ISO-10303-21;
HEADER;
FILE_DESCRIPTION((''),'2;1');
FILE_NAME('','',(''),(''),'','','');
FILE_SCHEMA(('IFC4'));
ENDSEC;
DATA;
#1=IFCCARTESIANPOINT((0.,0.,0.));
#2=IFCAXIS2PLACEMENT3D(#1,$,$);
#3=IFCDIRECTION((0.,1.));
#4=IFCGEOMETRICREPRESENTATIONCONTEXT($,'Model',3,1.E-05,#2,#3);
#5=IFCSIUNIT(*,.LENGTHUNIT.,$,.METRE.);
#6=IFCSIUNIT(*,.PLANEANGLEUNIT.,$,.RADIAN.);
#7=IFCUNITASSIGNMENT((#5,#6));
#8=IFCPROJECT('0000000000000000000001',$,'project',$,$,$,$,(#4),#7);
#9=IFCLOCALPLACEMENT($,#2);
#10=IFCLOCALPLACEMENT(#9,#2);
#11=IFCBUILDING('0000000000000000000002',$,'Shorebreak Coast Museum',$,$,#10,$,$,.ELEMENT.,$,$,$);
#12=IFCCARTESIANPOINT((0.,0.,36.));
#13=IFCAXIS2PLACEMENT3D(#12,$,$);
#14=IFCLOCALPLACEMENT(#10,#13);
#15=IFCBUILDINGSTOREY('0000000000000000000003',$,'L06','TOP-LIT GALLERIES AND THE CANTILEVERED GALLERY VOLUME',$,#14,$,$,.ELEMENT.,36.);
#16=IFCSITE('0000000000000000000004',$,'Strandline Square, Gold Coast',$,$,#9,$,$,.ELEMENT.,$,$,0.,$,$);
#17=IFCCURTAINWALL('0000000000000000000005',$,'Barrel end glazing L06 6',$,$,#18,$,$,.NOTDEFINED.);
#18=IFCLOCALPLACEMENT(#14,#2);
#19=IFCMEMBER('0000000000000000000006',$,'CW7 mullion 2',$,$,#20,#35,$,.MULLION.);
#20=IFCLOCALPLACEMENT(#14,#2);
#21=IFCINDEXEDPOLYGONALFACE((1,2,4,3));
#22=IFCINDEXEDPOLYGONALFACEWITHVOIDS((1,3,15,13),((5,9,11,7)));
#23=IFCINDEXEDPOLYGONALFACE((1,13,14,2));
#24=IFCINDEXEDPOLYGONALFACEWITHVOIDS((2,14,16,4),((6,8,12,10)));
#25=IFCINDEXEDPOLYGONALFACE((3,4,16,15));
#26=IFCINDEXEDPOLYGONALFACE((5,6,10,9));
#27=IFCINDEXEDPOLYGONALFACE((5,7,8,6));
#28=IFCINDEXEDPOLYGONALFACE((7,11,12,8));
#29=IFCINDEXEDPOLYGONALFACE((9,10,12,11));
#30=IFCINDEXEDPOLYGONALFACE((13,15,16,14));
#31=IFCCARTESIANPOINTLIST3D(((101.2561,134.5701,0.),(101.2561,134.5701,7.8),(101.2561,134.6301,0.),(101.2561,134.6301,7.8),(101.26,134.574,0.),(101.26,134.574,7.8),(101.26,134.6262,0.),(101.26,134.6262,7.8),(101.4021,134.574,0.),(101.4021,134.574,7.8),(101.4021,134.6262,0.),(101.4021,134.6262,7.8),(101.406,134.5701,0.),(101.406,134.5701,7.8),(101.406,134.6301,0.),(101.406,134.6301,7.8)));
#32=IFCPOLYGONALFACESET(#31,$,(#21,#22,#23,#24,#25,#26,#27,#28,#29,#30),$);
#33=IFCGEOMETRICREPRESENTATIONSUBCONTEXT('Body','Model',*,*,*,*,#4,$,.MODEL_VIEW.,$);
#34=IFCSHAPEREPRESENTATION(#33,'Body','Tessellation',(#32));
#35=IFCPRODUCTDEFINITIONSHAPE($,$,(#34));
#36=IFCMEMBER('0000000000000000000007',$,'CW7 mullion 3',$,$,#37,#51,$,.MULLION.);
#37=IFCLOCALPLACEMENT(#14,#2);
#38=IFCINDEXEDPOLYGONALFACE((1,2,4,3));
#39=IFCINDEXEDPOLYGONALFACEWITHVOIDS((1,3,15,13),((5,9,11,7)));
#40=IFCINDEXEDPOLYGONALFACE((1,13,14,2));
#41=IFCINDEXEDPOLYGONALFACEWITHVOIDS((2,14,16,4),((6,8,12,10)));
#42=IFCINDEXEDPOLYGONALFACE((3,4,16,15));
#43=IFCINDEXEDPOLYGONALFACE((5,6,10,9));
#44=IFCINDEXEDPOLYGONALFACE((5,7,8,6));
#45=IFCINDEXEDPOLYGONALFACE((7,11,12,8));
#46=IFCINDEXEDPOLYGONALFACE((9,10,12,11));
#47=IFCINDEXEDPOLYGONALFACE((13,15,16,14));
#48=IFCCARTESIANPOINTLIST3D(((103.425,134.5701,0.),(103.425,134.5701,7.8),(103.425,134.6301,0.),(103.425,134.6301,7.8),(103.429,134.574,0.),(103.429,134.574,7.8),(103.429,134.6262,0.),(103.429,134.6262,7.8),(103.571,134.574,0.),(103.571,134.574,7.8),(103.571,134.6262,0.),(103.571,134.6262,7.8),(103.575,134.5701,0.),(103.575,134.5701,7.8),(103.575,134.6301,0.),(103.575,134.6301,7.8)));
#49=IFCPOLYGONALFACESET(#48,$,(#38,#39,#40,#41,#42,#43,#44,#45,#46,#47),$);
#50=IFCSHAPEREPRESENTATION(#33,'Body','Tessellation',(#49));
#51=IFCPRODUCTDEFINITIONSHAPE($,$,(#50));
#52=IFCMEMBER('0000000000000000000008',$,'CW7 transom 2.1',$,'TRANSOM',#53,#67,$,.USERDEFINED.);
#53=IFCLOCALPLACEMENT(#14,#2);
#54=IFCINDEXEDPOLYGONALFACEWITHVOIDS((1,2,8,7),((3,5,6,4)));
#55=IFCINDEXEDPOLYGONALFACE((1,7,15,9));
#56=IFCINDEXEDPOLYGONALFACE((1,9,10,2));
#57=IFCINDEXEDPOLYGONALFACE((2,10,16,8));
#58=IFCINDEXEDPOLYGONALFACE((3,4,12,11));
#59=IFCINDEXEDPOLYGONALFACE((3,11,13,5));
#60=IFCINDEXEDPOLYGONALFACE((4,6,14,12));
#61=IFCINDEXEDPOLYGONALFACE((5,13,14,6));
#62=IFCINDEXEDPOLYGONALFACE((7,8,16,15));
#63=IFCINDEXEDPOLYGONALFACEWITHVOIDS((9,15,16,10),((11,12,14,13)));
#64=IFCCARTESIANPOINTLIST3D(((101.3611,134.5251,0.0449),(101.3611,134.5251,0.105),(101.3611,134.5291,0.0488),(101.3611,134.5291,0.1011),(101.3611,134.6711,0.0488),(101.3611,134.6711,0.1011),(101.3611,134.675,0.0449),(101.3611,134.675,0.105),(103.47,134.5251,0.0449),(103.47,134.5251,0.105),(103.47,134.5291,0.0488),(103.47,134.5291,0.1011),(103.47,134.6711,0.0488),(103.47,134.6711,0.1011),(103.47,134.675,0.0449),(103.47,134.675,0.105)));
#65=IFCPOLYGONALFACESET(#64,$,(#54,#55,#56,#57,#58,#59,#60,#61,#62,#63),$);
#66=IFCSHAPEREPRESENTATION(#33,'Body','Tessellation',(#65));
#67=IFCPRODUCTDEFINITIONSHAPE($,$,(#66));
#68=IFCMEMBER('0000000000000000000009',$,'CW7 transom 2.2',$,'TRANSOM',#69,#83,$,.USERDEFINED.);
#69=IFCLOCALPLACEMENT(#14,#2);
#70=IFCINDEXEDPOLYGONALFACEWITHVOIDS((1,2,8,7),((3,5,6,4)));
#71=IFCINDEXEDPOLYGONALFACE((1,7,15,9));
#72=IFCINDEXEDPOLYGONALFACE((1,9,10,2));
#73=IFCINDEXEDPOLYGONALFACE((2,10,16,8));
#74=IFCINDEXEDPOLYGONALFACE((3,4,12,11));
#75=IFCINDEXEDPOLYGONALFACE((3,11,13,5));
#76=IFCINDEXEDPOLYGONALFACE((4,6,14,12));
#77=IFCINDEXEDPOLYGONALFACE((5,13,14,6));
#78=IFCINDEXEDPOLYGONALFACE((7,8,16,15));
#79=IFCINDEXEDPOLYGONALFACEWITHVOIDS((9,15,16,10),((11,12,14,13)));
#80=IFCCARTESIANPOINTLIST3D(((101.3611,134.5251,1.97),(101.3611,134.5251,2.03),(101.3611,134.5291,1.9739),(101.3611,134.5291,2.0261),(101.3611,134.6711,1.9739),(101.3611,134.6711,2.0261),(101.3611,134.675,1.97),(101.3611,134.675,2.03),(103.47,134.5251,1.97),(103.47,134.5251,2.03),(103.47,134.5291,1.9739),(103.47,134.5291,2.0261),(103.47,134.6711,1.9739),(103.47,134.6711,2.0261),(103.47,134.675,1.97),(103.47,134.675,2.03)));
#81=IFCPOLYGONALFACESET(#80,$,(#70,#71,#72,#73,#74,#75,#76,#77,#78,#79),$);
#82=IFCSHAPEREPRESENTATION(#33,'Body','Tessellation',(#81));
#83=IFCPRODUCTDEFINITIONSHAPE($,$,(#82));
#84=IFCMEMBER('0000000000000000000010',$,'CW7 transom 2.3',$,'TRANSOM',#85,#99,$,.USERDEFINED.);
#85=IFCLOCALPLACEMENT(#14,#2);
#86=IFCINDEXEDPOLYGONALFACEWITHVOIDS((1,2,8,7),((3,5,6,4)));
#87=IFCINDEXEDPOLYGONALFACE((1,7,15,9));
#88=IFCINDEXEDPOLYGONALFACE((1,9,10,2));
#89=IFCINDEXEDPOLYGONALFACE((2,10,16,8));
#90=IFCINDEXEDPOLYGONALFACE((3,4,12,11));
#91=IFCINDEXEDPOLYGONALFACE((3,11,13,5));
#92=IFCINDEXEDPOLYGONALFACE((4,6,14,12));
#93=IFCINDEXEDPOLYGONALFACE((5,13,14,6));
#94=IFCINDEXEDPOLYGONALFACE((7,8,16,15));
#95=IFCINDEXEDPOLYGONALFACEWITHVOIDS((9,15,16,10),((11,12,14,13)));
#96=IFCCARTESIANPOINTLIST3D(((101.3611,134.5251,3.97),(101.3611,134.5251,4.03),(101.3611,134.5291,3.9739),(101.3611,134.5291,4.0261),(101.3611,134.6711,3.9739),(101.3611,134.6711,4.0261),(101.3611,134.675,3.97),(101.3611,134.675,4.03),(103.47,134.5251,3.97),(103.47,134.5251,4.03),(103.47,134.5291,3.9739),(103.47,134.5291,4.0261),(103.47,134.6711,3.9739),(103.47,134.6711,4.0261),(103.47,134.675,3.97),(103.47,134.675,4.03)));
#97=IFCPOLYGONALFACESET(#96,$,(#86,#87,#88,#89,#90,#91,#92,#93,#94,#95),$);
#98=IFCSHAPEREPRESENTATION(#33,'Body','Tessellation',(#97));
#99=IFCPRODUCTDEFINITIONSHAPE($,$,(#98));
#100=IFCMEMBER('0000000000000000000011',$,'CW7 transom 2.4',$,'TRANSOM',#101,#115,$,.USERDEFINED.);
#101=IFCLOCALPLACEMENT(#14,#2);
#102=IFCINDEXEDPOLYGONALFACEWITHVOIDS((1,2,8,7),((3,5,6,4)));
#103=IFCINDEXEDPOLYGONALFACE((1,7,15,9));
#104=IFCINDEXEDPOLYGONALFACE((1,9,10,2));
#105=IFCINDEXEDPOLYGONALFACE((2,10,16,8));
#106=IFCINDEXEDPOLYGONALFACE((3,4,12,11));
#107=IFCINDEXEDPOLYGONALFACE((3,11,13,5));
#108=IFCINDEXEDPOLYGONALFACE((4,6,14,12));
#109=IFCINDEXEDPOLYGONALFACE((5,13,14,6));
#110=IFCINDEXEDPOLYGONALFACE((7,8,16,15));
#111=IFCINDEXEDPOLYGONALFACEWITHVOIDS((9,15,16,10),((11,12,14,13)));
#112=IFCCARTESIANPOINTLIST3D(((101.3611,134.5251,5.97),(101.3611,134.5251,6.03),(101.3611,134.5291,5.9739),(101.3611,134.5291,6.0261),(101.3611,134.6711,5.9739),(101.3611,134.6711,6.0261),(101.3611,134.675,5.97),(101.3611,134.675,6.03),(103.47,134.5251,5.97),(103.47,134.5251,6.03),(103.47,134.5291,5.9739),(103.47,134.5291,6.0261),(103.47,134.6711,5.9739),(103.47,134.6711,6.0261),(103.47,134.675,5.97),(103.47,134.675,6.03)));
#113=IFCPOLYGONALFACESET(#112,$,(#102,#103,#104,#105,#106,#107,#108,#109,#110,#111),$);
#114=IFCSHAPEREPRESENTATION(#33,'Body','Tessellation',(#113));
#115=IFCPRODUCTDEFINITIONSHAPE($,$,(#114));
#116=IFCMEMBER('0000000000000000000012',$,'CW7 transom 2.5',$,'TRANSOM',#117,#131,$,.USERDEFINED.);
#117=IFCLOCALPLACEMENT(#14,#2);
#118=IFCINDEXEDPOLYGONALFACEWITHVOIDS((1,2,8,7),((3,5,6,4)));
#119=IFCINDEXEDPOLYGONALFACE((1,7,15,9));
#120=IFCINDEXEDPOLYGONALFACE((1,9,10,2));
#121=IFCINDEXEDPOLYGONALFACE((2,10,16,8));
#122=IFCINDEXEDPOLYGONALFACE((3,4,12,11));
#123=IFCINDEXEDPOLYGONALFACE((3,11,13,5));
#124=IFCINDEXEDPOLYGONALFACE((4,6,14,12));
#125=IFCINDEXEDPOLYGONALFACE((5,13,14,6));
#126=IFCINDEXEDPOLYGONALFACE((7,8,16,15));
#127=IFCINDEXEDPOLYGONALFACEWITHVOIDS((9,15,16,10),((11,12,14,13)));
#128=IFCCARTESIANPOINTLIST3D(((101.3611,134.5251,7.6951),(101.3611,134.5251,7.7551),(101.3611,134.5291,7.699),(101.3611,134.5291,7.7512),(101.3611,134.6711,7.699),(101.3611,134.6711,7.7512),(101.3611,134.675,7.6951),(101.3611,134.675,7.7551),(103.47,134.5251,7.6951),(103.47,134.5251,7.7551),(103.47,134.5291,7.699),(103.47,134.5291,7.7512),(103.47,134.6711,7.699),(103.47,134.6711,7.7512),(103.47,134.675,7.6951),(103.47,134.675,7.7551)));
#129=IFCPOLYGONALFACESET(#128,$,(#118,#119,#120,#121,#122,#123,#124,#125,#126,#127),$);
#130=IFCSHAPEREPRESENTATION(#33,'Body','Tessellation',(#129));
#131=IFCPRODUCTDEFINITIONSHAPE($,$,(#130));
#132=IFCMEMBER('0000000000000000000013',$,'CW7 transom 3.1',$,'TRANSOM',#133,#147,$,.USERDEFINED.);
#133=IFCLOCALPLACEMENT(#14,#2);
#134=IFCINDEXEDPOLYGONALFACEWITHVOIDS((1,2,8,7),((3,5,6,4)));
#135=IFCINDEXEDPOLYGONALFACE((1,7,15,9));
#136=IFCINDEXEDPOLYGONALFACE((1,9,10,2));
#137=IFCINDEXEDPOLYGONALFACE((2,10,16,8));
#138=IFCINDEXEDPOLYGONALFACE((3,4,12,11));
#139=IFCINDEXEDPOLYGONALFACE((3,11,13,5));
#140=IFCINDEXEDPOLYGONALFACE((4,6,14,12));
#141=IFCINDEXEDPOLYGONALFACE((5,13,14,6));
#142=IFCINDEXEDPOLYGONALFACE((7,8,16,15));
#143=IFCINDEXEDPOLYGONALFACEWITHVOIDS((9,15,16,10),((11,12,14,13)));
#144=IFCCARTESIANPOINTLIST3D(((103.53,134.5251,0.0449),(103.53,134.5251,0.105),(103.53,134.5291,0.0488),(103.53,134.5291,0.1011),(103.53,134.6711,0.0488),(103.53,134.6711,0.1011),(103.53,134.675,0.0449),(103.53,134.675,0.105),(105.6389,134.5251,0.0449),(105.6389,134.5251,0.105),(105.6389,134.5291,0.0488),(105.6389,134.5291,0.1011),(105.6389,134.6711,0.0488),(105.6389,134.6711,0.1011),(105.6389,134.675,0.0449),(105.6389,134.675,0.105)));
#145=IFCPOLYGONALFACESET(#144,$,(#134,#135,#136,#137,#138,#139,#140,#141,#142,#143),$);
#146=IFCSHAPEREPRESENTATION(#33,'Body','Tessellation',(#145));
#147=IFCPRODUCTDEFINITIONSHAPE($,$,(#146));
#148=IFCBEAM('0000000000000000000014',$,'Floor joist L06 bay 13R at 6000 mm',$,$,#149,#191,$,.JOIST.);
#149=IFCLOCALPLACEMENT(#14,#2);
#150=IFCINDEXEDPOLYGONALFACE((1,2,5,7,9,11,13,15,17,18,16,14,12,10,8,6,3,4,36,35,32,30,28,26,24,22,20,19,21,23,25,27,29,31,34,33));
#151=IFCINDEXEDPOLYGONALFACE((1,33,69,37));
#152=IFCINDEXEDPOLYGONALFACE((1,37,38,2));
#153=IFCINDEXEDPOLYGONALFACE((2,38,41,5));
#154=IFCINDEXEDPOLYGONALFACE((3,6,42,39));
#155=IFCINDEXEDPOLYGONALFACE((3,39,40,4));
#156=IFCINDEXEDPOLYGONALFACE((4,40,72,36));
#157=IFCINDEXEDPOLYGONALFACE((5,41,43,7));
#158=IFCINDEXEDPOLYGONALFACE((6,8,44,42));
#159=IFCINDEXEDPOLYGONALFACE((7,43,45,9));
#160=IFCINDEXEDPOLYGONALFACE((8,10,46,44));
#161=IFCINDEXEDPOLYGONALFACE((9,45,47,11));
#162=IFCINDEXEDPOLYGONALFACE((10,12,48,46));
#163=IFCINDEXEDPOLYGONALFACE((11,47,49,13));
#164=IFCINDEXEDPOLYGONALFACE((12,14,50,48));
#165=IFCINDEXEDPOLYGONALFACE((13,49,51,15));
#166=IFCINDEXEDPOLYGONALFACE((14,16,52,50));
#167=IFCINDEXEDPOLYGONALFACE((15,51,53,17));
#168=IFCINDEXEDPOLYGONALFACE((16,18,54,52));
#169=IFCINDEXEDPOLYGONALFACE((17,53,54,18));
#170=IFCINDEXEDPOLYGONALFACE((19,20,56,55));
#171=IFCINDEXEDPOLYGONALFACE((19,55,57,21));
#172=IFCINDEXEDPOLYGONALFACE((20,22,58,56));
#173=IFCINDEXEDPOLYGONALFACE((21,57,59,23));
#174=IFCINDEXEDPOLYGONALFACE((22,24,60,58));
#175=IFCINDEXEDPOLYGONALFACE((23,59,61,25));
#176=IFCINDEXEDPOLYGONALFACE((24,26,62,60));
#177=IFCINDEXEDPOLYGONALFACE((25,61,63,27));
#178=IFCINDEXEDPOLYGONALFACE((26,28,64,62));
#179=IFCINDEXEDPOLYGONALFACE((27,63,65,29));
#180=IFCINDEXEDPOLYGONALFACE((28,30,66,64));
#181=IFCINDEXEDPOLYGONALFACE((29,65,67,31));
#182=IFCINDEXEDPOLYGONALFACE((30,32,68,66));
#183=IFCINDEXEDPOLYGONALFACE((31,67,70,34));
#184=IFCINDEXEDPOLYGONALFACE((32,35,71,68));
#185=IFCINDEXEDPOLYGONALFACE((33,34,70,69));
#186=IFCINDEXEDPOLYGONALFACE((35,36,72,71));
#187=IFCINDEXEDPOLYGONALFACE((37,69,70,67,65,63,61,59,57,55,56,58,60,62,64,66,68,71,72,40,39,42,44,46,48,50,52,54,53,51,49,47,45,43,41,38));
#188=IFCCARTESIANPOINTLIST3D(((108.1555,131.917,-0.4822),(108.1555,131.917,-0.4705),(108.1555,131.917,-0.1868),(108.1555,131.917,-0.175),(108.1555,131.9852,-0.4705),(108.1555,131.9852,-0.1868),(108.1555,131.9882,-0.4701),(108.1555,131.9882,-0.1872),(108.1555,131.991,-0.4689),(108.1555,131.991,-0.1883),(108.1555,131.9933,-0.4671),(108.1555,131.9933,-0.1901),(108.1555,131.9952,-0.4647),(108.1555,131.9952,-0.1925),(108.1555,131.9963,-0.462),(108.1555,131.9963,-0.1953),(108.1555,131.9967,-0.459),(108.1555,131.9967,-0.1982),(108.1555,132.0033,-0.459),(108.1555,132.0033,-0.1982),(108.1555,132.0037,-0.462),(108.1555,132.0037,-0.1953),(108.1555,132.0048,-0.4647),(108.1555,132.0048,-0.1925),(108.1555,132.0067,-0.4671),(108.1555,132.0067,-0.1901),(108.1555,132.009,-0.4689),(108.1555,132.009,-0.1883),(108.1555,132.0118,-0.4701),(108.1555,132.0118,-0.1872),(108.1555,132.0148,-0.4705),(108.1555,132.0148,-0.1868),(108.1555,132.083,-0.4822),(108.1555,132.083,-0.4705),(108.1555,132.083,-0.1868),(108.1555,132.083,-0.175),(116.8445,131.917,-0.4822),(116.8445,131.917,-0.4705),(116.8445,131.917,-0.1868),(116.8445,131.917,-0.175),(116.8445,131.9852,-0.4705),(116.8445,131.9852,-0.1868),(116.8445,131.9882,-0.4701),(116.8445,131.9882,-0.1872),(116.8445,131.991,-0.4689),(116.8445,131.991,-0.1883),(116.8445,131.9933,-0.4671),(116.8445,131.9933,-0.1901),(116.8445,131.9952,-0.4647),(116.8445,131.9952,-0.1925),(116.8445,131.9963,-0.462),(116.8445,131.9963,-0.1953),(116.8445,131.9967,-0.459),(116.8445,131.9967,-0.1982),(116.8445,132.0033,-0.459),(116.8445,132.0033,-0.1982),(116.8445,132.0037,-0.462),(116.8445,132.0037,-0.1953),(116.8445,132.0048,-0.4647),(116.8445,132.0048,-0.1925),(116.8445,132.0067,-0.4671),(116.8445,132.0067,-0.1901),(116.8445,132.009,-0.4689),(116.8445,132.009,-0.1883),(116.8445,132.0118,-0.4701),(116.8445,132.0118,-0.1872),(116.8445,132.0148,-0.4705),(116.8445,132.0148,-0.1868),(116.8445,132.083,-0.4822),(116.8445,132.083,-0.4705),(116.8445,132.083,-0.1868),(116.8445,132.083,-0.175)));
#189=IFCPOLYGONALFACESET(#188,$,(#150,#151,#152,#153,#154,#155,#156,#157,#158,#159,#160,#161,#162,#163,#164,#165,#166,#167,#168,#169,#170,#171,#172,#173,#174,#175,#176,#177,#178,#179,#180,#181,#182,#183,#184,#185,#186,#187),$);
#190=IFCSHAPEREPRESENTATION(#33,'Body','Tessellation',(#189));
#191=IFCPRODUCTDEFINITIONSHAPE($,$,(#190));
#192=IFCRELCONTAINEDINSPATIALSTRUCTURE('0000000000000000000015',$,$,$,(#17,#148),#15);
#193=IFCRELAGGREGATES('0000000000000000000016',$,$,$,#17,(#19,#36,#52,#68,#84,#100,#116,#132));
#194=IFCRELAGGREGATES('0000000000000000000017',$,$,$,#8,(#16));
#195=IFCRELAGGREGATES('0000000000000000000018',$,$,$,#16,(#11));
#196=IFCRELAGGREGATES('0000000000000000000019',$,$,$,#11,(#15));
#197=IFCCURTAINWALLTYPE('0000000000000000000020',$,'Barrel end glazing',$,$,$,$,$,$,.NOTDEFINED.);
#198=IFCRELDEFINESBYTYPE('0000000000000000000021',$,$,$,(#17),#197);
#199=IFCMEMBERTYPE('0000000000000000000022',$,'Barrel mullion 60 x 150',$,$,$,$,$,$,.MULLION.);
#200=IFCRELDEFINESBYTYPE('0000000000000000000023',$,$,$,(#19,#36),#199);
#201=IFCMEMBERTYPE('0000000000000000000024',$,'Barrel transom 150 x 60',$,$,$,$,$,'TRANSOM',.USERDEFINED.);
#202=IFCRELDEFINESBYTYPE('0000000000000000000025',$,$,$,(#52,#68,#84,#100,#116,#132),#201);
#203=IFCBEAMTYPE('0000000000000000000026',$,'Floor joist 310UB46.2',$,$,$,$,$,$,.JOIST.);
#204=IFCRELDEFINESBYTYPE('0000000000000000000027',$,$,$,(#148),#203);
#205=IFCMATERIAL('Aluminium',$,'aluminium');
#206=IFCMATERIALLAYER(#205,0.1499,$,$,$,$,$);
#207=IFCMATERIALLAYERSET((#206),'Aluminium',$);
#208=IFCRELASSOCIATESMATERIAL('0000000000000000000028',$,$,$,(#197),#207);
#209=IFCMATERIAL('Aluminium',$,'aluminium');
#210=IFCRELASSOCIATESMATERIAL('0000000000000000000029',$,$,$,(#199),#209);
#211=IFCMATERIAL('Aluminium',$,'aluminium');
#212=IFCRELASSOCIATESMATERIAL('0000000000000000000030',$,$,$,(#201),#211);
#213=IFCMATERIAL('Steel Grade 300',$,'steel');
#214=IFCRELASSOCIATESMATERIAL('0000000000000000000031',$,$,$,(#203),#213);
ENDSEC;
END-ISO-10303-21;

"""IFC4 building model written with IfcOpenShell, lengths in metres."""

from ifc_helpers import new_model, si_unit, direction, frame, origin, origin_2d, place, context, subcontext, project, spatial, hollow_rectangle, i_section, extrude, material, layer, layer_set, material_profile, profile_set, type_object, element, aggregate, save


model = new_model("IFC4")

# Units and contexts
model_context = context("Model", 3, precision=1e-05, world=origin(), true_north=direction((0.0, 1.0)))
body_context = subcontext(model_context, "Body", "Model", "MODEL_VIEW")
ifc_project = project(units=[si_unit("LENGTHUNIT", "METRE"), si_unit("PLANEANGLEUNIT", "RADIAN")], contexts=[model_context])

# Site, building, storey
site_placement = place(None, origin())
site = spatial("IfcSite", under=ifc_project, at=site_placement, Name="Strandline Square, Gold Coast", CompositionType="ELEMENT", RefElevation=0.0)
building_placement = place(site_placement, origin())
building = spatial("IfcBuilding", under=site, at=building_placement, Name="Shorebreak Coast Museum", CompositionType="ELEMENT")
storey_placement = place(building_placement, frame((0.0, 0.0, 36.0)))
storey = spatial("IfcBuildingStorey", under=building, at=storey_placement, Name="L06", Description="TOP-LIT GALLERIES AND THE CANTILEVERED GALLERY VOLUME", CompositionType="ELEMENT", Elevation=36.0)

# Curtain wall, members
ifc_material_1 = material(Name="Aluminium", Category="aluminium")
ifc_layer_1 = layer(ifc_material_1, 0.1499)
ifc_layer_set_1 = layer_set([ifc_layer_1], Name="Aluminium")
curtain_wall_type_1 = type_object("IfcCurtainWallType", Name="Barrel end glazing", PredefinedType="NOTDEFINED", material=ifc_layer_set_1)
curtain_wall_1_placement = place(storey_placement, origin())
curtain_wall_1 = element("IfcCurtainWall", 1, at=curtain_wall_1_placement, inside=storey, type_object=curtain_wall_type_1, Name="Barrel end glazing L06 6", PredefinedType="NOTDEFINED")
ifc_material_2 = material(Name="Aluminium", Category="aluminium")
ifc_material_profile_1 = material_profile(ifc_material_2, hollow_rectangle(XDim=0.0601, YDim=0.1499, WallThickness=0.0039, at=origin_2d()), Name="AL 150x60 RHS")
ifc_profile_set_1 = profile_set([ifc_material_profile_1], Name="Aluminium")
member_type_1 = type_object("IfcMemberType", Name="Barrel mullion 60 x 150", PredefinedType="MULLION", material=ifc_profile_set_1)
member_1_placement = place(storey_placement, frame((101.3311, 134.6001, 0.0), z_axis=(0.0, 0.0, 1.0), x_axis=(0.0, 1.0, 0.0)))
member_1 = element("IfcMember", 2, at=member_1_placement, type_object=member_type_1, Name="CW7 mullion 2", PredefinedType="MULLION", context=body_context, shape_type="SweptSolid", body=[
    extrude(hollow_rectangle(XDim=0.0601, YDim=0.1499, WallThickness=0.0039, at=origin_2d()), origin(), (0.0, 0.0, 1.0), 7.8),
])
member_2_placement = place(storey_placement, frame((103.5, 134.6001, 0.0), z_axis=(0.0, 0.0, 1.0), x_axis=(0.0, 1.0, 0.0)))
member_2 = element("IfcMember", 3, at=member_2_placement, type_object=member_type_1, Name="CW7 mullion 3", PredefinedType="MULLION", context=body_context, shape_type="SweptSolid", body=[
    extrude(hollow_rectangle(XDim=0.0601, YDim=0.1499, WallThickness=0.0039, at=origin_2d()), origin(), (0.0, 0.0, 1.0), 7.8),
])
ifc_material_3 = material(Name="Aluminium", Category="aluminium")
ifc_material_profile_2 = material_profile(ifc_material_3, hollow_rectangle(XDim=0.1499, YDim=0.0601, WallThickness=0.0039, at=origin_2d()), Name="AL 60x150 RHS")
ifc_profile_set_2 = profile_set([ifc_material_profile_2], Name="Aluminium")
member_type_2 = type_object("IfcMemberType", Name="Barrel transom 150 x 60", ElementType="TRANSOM", PredefinedType="USERDEFINED", material=ifc_profile_set_2)
member_3_placement = place(storey_placement, frame((101.3611, 134.6001, 0.075), z_axis=(1.0, 0.0, 0.0), x_axis=(0.0, 1.0, 0.0)))
member_3 = element("IfcMember", 4, at=member_3_placement, type_object=member_type_2, Name="CW7 transom 2.1", ObjectType="TRANSOM", PredefinedType="USERDEFINED", context=body_context, shape_type="SweptSolid", body=[
    extrude(hollow_rectangle(XDim=0.1499, YDim=0.0601, WallThickness=0.0039, at=origin_2d()), origin(), (0.0, 0.0, 1.0), 2.1089),
])
member_4_placement = place(storey_placement, frame((101.3611, 134.6001, 2.0), z_axis=(1.0, 0.0, 0.0), x_axis=(0.0, 1.0, 0.0)))
member_4 = element("IfcMember", 5, at=member_4_placement, type_object=member_type_2, Name="CW7 transom 2.2", ObjectType="TRANSOM", PredefinedType="USERDEFINED", context=body_context, shape_type="SweptSolid", body=[
    extrude(hollow_rectangle(XDim=0.1499, YDim=0.0601, WallThickness=0.0039, at=origin_2d()), origin(), (0.0, 0.0, 1.0), 2.1089),
])
member_5_placement = place(storey_placement, frame((101.3611, 134.6001, 4.0), z_axis=(1.0, 0.0, 0.0), x_axis=(0.0, 1.0, 0.0)))
member_5 = element("IfcMember", 6, at=member_5_placement, type_object=member_type_2, Name="CW7 transom 2.3", ObjectType="TRANSOM", PredefinedType="USERDEFINED", context=body_context, shape_type="SweptSolid", body=[
    extrude(hollow_rectangle(XDim=0.1499, YDim=0.0601, WallThickness=0.0039, at=origin_2d()), origin(), (0.0, 0.0, 1.0), 2.1089),
])
member_6_placement = place(storey_placement, frame((101.3611, 134.6001, 6.0), z_axis=(1.0, 0.0, 0.0), x_axis=(0.0, 1.0, 0.0)))
member_6 = element("IfcMember", 7, at=member_6_placement, type_object=member_type_2, Name="CW7 transom 2.4", ObjectType="TRANSOM", PredefinedType="USERDEFINED", context=body_context, shape_type="SweptSolid", body=[
    extrude(hollow_rectangle(XDim=0.1499, YDim=0.0601, WallThickness=0.0039, at=origin_2d()), origin(), (0.0, 0.0, 1.0), 2.1089),
])
member_7_placement = place(storey_placement, frame((101.3611, 134.6001, 7.7251), z_axis=(1.0, 0.0, 0.0), x_axis=(0.0, 1.0, 0.0)))
member_7 = element("IfcMember", 8, at=member_7_placement, type_object=member_type_2, Name="CW7 transom 2.5", ObjectType="TRANSOM", PredefinedType="USERDEFINED", context=body_context, shape_type="SweptSolid", body=[
    extrude(hollow_rectangle(XDim=0.1499, YDim=0.0601, WallThickness=0.0039, at=origin_2d()), origin(), (0.0, 0.0, 1.0), 2.1089),
])
member_8_placement = place(storey_placement, frame((103.53, 134.6001, 0.075), z_axis=(1.0, 0.0, 0.0), x_axis=(0.0, 1.0, 0.0)))
member_8 = element("IfcMember", 9, at=member_8_placement, type_object=member_type_2, Name="CW7 transom 3.1", ObjectType="TRANSOM", PredefinedType="USERDEFINED", context=body_context, shape_type="SweptSolid", body=[
    extrude(hollow_rectangle(XDim=0.1499, YDim=0.0601, WallThickness=0.0039, at=origin_2d()), origin(), (0.0, 0.0, 1.0), 2.1089),
])

# Beam
ifc_material_4 = material(Name="Steel Grade 300", Category="steel")
ifc_material_profile_3 = material_profile(ifc_material_4, i_section(OverallWidth=0.166, OverallDepth=0.3071, WebThickness=0.0066, FlangeThickness=0.0117, FilletRadius=0.0115, at=origin_2d()), Name="310UB46.2")
ifc_profile_set_3 = profile_set([ifc_material_profile_3], Name="Steel Grade 300")
beam_type = type_object("IfcBeamType", Name="Floor joist 310UB46.2", PredefinedType="JOIST", material=ifc_profile_set_3)
beam_placement = place(storey_placement, frame((108.1555, 132.0, -0.3286), z_axis=(1.0, 0.0, 0.0), x_axis=(0.0, 1.0, 0.0)))
element("IfcBeam", 10, at=beam_placement, inside=storey, type_object=beam_type, Name="Floor joist L06 bay 13R at 6000 mm", PredefinedType="JOIST", context=body_context, shape_type="SweptSolid", body=[
    extrude(i_section(OverallWidth=0.166, OverallDepth=0.3071, WebThickness=0.0066, FlangeThickness=0.0117, FilletRadius=0.0115, at=origin_2d()), origin(), (0.0, 0.0, 1.0), 8.689),
])

aggregate(curtain_wall_1, [member_1, member_2, member_3, member_4, member_5, member_6, member_7, member_8])

save(model, "model.ifc")
